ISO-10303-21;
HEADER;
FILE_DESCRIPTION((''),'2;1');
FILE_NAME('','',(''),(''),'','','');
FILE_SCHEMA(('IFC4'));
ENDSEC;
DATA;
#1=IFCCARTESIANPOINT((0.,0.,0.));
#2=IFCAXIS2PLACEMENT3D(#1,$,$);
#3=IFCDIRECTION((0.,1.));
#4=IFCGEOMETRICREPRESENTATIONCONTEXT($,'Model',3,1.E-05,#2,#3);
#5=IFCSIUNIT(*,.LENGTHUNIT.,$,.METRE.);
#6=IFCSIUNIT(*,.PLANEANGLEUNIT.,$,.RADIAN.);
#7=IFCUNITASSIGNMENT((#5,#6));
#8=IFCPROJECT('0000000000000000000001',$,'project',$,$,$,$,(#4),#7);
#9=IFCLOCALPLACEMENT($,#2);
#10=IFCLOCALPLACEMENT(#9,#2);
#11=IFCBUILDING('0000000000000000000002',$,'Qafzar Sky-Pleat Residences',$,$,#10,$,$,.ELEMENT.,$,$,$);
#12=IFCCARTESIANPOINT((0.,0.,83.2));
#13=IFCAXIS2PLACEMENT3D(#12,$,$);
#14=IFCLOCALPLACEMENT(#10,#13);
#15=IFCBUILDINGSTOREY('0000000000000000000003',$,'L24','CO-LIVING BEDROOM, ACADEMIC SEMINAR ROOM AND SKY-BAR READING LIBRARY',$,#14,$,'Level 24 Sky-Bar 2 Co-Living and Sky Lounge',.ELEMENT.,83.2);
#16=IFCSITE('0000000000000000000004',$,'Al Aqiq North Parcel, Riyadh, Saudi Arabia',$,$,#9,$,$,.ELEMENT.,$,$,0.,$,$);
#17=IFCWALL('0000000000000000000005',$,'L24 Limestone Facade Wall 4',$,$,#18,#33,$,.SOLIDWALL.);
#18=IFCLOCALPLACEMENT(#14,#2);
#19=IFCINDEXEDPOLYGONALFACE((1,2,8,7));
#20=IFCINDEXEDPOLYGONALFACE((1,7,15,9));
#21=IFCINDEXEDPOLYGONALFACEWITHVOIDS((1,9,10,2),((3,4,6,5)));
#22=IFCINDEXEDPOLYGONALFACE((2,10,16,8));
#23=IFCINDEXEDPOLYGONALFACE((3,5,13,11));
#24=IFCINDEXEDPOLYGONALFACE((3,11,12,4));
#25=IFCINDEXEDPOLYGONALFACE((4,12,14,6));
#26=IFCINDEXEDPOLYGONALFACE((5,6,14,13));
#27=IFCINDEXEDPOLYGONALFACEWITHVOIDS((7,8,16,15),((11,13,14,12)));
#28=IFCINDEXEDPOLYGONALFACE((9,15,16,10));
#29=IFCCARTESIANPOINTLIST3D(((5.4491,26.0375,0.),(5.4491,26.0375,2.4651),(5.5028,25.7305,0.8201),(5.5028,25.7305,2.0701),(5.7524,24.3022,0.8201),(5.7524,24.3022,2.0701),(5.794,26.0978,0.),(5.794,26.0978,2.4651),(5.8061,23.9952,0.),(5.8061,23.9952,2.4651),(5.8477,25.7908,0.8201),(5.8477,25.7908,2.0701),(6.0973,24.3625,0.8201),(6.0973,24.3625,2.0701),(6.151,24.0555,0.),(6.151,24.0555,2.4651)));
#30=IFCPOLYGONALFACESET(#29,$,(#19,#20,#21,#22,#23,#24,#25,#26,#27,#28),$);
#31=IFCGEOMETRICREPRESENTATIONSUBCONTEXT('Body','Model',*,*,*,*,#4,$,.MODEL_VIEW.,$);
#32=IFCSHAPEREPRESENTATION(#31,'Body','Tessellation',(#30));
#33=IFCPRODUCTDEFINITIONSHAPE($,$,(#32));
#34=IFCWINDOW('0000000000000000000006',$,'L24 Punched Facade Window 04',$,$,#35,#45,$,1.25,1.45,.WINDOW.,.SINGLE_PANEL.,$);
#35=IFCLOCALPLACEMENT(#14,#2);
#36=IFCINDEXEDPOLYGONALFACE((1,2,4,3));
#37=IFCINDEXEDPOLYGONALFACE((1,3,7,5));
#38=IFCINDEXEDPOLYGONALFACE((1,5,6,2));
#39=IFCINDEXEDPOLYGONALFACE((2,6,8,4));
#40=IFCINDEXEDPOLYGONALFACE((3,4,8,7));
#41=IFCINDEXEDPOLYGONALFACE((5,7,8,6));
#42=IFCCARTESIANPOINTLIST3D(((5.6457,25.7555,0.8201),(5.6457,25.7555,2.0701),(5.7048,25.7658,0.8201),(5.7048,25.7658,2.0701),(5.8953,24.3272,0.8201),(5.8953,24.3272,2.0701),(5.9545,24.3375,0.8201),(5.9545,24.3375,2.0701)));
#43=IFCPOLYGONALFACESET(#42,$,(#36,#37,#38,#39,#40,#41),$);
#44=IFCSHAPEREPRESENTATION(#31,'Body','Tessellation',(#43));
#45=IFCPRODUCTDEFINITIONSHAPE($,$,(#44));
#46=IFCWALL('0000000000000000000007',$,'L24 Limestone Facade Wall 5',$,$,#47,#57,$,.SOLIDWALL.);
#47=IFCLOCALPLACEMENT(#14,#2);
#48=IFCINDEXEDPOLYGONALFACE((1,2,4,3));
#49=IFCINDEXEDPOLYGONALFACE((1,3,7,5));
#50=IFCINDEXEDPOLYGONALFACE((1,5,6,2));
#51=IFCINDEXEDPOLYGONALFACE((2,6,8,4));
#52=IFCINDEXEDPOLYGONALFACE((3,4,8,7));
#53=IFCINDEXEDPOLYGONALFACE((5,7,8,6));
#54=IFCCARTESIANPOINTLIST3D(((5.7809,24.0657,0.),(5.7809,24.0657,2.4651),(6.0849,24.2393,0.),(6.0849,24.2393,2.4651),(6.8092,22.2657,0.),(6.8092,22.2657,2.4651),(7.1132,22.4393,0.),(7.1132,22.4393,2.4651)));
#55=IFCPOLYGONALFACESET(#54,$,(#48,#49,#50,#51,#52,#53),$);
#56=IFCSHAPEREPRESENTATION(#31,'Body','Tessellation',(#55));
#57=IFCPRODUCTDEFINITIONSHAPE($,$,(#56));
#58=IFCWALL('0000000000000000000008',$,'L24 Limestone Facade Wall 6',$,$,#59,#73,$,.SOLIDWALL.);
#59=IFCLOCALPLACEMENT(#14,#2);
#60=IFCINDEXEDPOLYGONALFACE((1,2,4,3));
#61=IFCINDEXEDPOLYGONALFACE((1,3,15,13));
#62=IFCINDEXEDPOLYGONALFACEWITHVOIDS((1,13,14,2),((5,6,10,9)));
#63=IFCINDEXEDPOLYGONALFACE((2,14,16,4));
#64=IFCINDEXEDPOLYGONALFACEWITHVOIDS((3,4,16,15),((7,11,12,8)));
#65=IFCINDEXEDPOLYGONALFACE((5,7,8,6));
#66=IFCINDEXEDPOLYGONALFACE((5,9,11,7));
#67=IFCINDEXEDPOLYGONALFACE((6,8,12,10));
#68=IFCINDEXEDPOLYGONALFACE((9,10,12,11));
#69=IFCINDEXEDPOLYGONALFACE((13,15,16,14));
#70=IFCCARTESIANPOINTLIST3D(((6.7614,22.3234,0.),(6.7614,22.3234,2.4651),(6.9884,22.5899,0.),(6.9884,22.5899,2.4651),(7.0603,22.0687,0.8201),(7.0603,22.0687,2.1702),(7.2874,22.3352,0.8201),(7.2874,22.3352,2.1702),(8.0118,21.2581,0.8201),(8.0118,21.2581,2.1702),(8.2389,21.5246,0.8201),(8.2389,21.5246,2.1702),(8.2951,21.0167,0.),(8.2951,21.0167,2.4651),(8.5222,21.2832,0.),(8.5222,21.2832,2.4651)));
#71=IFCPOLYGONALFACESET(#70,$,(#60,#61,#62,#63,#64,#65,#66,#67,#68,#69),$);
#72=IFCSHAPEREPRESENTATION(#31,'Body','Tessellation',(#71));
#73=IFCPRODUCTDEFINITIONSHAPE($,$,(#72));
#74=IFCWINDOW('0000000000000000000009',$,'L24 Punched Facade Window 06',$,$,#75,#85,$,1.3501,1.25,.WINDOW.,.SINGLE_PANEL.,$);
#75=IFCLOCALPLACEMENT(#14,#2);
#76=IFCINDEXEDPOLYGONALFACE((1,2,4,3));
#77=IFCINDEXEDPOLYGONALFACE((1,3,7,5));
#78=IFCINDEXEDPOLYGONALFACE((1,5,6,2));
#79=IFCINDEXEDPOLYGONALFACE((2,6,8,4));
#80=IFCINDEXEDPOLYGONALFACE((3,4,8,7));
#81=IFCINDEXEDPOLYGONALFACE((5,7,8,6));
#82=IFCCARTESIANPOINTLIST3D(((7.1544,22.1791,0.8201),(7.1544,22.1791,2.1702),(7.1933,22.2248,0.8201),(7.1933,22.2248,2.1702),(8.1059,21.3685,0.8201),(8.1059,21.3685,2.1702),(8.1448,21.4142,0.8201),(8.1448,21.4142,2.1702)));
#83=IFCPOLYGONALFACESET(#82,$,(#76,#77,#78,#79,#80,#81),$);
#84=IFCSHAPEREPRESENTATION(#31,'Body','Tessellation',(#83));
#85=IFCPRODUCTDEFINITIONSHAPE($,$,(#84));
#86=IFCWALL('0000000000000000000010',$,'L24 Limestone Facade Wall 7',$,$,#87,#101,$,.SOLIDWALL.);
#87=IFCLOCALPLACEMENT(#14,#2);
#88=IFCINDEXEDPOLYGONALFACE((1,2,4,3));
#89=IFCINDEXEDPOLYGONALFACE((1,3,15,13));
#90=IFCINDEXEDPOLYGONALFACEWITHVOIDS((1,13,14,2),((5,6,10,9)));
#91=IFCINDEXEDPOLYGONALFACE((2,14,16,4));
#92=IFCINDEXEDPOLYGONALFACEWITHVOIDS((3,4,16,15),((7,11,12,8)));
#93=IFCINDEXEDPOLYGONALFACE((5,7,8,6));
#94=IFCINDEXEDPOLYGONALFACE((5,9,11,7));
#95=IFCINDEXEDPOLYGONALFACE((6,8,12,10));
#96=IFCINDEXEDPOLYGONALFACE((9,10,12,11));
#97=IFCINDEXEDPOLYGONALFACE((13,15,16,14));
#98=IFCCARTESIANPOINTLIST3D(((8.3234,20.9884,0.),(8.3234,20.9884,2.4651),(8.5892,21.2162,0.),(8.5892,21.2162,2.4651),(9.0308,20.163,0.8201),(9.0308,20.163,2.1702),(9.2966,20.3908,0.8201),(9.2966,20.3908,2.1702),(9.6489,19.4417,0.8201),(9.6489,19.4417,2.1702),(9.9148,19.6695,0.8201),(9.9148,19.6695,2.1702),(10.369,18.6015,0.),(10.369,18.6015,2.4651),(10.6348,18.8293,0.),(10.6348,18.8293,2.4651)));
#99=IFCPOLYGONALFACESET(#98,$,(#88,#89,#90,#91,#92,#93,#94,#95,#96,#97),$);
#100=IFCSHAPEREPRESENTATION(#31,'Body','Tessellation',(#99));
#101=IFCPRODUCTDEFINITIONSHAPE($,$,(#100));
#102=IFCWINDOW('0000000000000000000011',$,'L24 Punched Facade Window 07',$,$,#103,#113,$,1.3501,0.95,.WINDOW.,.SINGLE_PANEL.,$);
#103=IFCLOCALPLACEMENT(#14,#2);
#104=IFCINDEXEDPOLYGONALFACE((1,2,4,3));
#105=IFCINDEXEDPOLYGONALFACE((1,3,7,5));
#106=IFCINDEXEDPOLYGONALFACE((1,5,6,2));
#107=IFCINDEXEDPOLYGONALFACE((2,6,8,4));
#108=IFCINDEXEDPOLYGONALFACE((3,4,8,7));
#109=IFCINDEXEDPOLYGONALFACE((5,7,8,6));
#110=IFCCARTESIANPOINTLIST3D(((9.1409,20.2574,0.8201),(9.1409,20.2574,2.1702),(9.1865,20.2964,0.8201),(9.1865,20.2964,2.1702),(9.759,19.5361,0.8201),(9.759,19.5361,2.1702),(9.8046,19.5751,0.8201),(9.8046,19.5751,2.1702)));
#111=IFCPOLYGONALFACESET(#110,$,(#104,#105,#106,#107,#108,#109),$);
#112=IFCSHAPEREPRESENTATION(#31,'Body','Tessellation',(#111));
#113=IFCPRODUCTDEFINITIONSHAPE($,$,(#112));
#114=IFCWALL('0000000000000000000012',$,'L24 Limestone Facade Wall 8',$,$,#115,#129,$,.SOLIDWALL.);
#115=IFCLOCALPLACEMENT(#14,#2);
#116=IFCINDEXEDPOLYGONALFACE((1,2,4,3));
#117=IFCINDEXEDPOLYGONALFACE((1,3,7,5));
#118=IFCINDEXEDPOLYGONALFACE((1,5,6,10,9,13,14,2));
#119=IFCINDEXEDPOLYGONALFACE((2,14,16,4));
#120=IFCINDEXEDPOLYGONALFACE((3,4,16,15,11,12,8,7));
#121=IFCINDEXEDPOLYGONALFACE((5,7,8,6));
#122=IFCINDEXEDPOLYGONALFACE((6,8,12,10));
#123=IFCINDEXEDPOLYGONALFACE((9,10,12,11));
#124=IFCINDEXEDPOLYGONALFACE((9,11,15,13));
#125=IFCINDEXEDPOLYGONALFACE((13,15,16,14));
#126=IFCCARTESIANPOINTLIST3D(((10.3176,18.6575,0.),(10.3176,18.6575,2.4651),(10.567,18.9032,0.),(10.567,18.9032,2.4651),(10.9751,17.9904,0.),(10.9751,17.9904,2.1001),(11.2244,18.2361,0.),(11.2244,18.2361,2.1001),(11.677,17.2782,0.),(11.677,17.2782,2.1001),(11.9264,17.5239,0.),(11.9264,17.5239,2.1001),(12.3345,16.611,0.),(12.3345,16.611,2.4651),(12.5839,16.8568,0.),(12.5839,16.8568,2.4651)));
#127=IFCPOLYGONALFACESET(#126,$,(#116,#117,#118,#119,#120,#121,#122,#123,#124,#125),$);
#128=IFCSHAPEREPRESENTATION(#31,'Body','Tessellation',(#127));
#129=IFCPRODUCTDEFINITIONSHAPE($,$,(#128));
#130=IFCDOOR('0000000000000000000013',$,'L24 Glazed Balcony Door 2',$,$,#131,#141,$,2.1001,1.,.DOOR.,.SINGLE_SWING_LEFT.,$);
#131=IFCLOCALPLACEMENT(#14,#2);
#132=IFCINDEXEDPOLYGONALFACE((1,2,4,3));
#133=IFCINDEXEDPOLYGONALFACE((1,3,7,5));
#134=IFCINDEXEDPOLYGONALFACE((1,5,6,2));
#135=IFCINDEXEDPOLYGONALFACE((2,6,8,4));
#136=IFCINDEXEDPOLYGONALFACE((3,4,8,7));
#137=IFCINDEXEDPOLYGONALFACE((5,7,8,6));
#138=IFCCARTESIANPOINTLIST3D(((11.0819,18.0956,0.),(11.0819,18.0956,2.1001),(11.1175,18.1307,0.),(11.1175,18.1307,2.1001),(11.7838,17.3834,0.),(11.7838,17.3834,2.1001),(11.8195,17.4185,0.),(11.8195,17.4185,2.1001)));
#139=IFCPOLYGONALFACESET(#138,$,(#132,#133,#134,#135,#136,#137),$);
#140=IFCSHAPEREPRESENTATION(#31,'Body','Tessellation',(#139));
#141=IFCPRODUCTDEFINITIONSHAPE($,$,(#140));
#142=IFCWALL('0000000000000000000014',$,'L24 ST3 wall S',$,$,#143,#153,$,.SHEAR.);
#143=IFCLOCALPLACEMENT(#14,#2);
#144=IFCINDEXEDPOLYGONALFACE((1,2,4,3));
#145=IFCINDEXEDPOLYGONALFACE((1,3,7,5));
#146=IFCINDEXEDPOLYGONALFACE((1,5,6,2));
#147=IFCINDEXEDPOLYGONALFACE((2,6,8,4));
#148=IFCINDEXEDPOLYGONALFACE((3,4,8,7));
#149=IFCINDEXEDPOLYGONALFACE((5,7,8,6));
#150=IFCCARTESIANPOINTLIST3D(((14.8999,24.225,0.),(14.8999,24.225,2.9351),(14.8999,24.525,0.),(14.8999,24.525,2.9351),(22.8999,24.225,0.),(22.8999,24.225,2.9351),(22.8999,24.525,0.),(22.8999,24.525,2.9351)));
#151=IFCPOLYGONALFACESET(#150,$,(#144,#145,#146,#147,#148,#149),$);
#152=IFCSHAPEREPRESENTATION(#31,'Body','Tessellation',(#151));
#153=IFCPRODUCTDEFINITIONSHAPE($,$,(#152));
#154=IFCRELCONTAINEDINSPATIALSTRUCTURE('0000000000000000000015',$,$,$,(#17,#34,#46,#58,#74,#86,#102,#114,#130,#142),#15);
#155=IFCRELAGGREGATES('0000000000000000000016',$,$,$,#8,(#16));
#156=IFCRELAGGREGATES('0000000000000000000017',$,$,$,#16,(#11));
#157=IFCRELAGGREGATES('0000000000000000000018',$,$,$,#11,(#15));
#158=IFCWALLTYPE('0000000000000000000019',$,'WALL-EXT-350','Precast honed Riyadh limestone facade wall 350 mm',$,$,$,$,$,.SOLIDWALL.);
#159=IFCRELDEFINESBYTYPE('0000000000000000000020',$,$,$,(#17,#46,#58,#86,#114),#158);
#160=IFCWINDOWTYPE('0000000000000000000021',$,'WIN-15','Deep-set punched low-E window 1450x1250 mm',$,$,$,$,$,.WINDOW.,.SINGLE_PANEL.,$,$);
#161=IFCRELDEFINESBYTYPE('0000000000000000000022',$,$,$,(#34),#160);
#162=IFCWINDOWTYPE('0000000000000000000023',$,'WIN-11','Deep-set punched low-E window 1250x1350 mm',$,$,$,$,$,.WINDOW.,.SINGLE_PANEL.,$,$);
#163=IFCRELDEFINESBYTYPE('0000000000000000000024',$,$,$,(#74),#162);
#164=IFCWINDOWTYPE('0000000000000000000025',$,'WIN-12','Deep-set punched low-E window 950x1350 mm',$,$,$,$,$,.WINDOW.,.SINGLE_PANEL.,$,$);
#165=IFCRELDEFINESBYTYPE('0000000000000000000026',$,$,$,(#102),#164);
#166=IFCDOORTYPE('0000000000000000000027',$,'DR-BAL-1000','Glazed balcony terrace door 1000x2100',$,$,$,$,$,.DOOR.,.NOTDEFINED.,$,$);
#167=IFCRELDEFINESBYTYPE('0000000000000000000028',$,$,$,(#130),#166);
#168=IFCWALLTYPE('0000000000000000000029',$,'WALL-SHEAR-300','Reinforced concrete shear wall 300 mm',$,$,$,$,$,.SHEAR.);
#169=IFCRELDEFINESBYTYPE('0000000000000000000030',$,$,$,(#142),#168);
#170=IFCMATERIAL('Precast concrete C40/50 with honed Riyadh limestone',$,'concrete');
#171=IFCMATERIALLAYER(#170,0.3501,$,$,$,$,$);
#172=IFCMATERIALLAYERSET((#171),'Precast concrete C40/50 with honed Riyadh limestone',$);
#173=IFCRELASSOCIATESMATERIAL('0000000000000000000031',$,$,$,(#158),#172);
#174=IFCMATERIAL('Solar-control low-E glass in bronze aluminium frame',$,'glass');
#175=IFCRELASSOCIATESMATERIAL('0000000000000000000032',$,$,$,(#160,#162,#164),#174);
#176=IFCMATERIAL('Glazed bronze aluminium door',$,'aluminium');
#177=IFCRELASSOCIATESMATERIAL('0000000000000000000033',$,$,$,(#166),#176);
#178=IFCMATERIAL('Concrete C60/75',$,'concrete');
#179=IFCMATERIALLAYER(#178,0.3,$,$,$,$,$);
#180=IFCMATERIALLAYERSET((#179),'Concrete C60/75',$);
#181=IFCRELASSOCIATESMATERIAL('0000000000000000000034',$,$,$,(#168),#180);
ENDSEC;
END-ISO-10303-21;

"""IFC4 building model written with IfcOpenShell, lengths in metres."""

from ifc_helpers import new_model, si_unit, direction, frame, frame_2d, origin, place, context, subcontext, project, spatial, rectangle, extrude, source, transform, mapped, material, layer, layer_set, type_object, element, fill, save


model = new_model("IFC4")

# Units and contexts
model_context = context("Model", 3, precision=1e-05, world=origin(), true_north=direction((0.0, 1.0)))
body_context = subcontext(model_context, "Body", "Model", "MODEL_VIEW")
ifc_project = project(units=[si_unit("LENGTHUNIT", "METRE"), si_unit("PLANEANGLEUNIT", "RADIAN")], contexts=[model_context])

# Site, building, storey
site_placement = place(None, origin())
site = spatial("IfcSite", under=ifc_project, at=site_placement, Name="Al Aqiq North Parcel, Riyadh, Saudi Arabia", CompositionType="ELEMENT", RefElevation=0.0)
building_placement = place(site_placement, origin())
building = spatial("IfcBuilding", under=site, at=building_placement, Name="Qafzar Sky-Pleat Residences", CompositionType="ELEMENT")
storey_placement = place(building_placement, frame((0.0, 0.0, 83.2)))
storey = spatial("IfcBuildingStorey", under=building, at=storey_placement, Name="L24", Description="CO-LIVING BEDROOM, ACADEMIC SEMINAR ROOM AND SKY-BAR READING LIBRARY", LongName="Level 24 Sky-Bar 2 Co-Living and Sky Lounge", CompositionType="ELEMENT", Elevation=83.2)

# Shared definitions
ifc_material_1 = material(Name="Concrete C60/75", Category="concrete")

# Wall, opening, window
ifc_material_2 = material(Name="Precast concrete C40/50 with honed Riyadh limestone", Category="concrete")
ifc_layer_1 = layer(ifc_material_2, 0.3501)
ifc_layer_set_1 = layer_set([ifc_layer_1], Name="Precast concrete C40/50 with honed Riyadh limestone")
wall_type_1 = type_object("IfcWallType", Name="WALL-EXT-350", Description="Precast honed Riyadh limestone facade wall 350 mm", PredefinedType="SOLIDWALL", material=ifc_layer_set_1)
wall_1_placement = place(storey_placement, frame((5.6216, 26.0676, 0.0), z_axis=(0.0, 0.0, 1.0), x_axis=(0.172166, -0.985068, 0.0)))
wall_1 = element("IfcWall", 1, at=wall_1_placement, inside=storey, type_object=wall_type_1, Name="L24 Limestone Facade Wall 4", PredefinedType="SOLIDWALL", context=body_context, shape_type="SweptSolid", body=[
    extrude(rectangle(XDim=2.0732, YDim=0.3501, at=frame_2d((1.0366, 0.0))), origin(), (0.0, 0.0, 1.0), 2.4651),
])
opening_1_placement = place(wall_1_placement, frame((0.3115, 0.0, 0.8201)))
opening_1 = element("IfcOpeningElement", 2, at=opening_1_placement, cuts=wall_1, PredefinedType="OPENING", context=body_context, shape_type="SweptSolid", body=[
    extrude(rectangle(XDim=1.45, YDim=1.25, at=frame_2d((0.7251, 0.625))), frame((0.0, 0.1851, 0.0), z_axis=(0.0, -1.0, 0.0), x_axis=(1.0, 0.0, 0.0)), (0.0, 0.0, 1.0), 0.3701),
])
ifc_material_3 = material(Name="Solar-control low-E glass in bronze aluminium frame", Category="glass")
window_type_1 = type_object("IfcWindowType", Name="WIN-15", Description="Deep-set punched low-E window 1450x1250 mm", PartitioningType="SINGLE_PANEL", PredefinedType="WINDOW", material=ifc_material_3)
shared_shape_1 = source(origin(), body_context, "Body", "SweptSolid", [
    extrude(rectangle(XDim=1.45, YDim=1.25, at=frame_2d((0.7251, 0.625))), frame((0.0, 0.03, 0.0), z_axis=(0.0, -1.0, 0.0), x_axis=(1.0, 0.0, 0.0)), (0.0, 0.0, 1.0), 0.0601),
])
window_1_placement = place(opening_1_placement, origin())
window_1 = element("IfcWindow", 3, at=window_1_placement, inside=storey, type_object=window_type_1, Name="L24 Punched Facade Window 04", OverallHeight=1.25, OverallWidth=1.45, PartitioningType="SINGLE_PANEL", PredefinedType="WINDOW", context=body_context, shape_type="MappedRepresentation", body=[
    mapped(shared_shape_1, transform((0.0, 0.0, 0.0), x_axis=(1.0, 0.0, 0.0), y_axis=(0.0, 1.0, 0.0), z_axis=(0.0, 0.0, 1.0), scale=1.0)),
])
fill(opening_1, window_1)

# Wall
wall_2_placement = place(storey_placement, frame((5.9329, 24.1526, 0.0), z_axis=(0.0, 0.0, 1.0), x_axis=(0.496037, -0.868301, 0.0)))
element("IfcWall", 4, at=wall_2_placement, inside=storey, type_object=wall_type_1, Name="L24 Limestone Facade Wall 5", PredefinedType="SOLIDWALL", context=body_context, shape_type="SweptSolid", body=[
    extrude(rectangle(XDim=2.073, YDim=0.3501, at=frame_2d((1.0366, 0.0))), origin(), (0.0, 0.0, 1.0), 2.4651),
])

# Walls, openings, windows
wall_3_placement = place(storey_placement, frame((6.875, 22.4565, 0.0), z_axis=(0.0, 0.0, 1.0), x_axis=(0.761203, -0.648513, 0.0)))
wall_3 = element("IfcWall", 5, at=wall_3_placement, inside=storey, type_object=wall_type_1, Name="L24 Limestone Facade Wall 6", PredefinedType="SOLIDWALL", context=body_context, shape_type="SweptSolid", body=[
    extrude(rectangle(XDim=2.0149, YDim=0.3501, at=frame_2d((1.0073, 0.0))), origin(), (0.0, 0.0, 1.0), 2.4651),
])
opening_2_placement = place(wall_3_placement, frame((0.3926, 0.0, 0.8201)))
opening_2 = element("IfcOpeningElement", 6, at=opening_2_placement, cuts=wall_3, PredefinedType="OPENING", context=body_context, shape_type="SweptSolid", body=[
    extrude(rectangle(XDim=1.25, YDim=1.3501, at=frame_2d((0.625, 0.675))), frame((0.0, 0.1851, 0.0), z_axis=(0.0, -1.0, 0.0), x_axis=(1.0, 0.0, 0.0)), (0.0, 0.0, 1.0), 0.3701),
])
window_type_2 = type_object("IfcWindowType", Name="WIN-11", Description="Deep-set punched low-E window 1250x1350 mm", PartitioningType="SINGLE_PANEL", PredefinedType="WINDOW", material=ifc_material_3)
shared_shape_2 = source(origin(), body_context, "Body", "SweptSolid", [
    extrude(rectangle(XDim=1.25, YDim=1.3501, at=frame_2d((0.625, 0.675))), frame((0.0, 0.03, 0.0), z_axis=(0.0, -1.0, 0.0), x_axis=(1.0, 0.0, 0.0)), (0.0, 0.0, 1.0), 0.0601),
])
window_2_placement = place(opening_2_placement, origin())
window_2 = element("IfcWindow", 7, at=window_2_placement, inside=storey, type_object=window_type_2, Name="L24 Punched Facade Window 06", OverallHeight=1.3501, OverallWidth=1.25, PartitioningType="SINGLE_PANEL", PredefinedType="WINDOW", context=body_context, shape_type="MappedRepresentation", body=[
    mapped(shared_shape_2, transform((0.0, 0.0, 0.0), x_axis=(1.0, 0.0, 0.0), y_axis=(0.0, 1.0, 0.0), z_axis=(0.0, 0.0, 1.0), scale=1.0)),
])
fill(opening_2, window_2)
wall_4_placement = place(storey_placement, frame((8.4563, 21.1023, 0.0), z_axis=(0.0, 0.0, 1.0), x_axis=(0.650734, -0.759306, 0.0)))
wall_4 = element("IfcWall", 8, at=wall_4_placement, inside=storey, type_object=wall_type_1, Name="L24 Limestone Facade Wall 7", PredefinedType="SOLIDWALL", context=body_context, shape_type="SweptSolid", body=[
    extrude(rectangle(XDim=3.1436, YDim=0.3501, at=frame_2d((1.5718, 0.0))), origin(), (0.0, 0.0, 1.0), 2.4651),
])
opening_3_placement = place(wall_4_placement, frame((1.0869, 0.0, 0.8201)))
opening_3 = element("IfcOpeningElement", 9, at=opening_3_placement, cuts=wall_4, PredefinedType="OPENING", context=body_context, shape_type="SweptSolid", body=[
    extrude(rectangle(XDim=0.95, YDim=1.3501, at=frame_2d((0.4751, 0.675))), frame((0.0, 0.1851, 0.0), z_axis=(0.0, -1.0, 0.0), x_axis=(1.0, 0.0, 0.0)), (0.0, 0.0, 1.0), 0.3701),
])
window_type_3 = type_object("IfcWindowType", Name="WIN-12", Description="Deep-set punched low-E window 950x1350 mm", PartitioningType="SINGLE_PANEL", PredefinedType="WINDOW", material=ifc_material_3)
shared_shape_3 = source(origin(), body_context, "Body", "SweptSolid", [
    extrude(rectangle(XDim=0.95, YDim=1.3501, at=frame_2d((0.4751, 0.675))), frame((0.0, 0.03, 0.0), z_axis=(0.0, -1.0, 0.0), x_axis=(1.0, 0.0, 0.0)), (0.0, 0.0, 1.0), 0.0601),
])
window_3_placement = place(opening_3_placement, origin())
window_3 = element("IfcWindow", 10, at=window_3_placement, inside=storey, type_object=window_type_3, Name="L24 Punched Facade Window 07", OverallHeight=1.3501, OverallWidth=0.95, PartitioningType="SINGLE_PANEL", PredefinedType="WINDOW", context=body_context, shape_type="MappedRepresentation", body=[
    mapped(shared_shape_3, transform((0.0, 0.0, 0.0), x_axis=(1.0, 0.0, 0.0), y_axis=(0.0, 1.0, 0.0), z_axis=(0.0, 0.0, 1.0), scale=1.0)),
])
fill(opening_3, window_3)

# Wall, opening, door
wall_5_placement = place(storey_placement, frame((10.4424, 18.7803, 0.0), z_axis=(0.0, 0.0, 1.0), x_axis=(0.701947, -0.712229, 0.0)))
wall_5 = element("IfcWall", 11, at=wall_5_placement, inside=storey, type_object=wall_type_1, Name="L24 Limestone Facade Wall 8", PredefinedType="SOLIDWALL", context=body_context, shape_type="SweptSolid", body=[
    extrude(rectangle(XDim=2.8733, YDim=0.3501, at=frame_2d((1.4365, 0.0))), origin(), (0.0, 0.0, 1.0), 2.4651),
])
opening_4_placement = place(wall_5_placement, frame((0.9365, 0.0, 0.0)))
opening_4 = element("IfcOpeningElement", 12, at=opening_4_placement, cuts=wall_5, PredefinedType="OPENING", context=body_context, shape_type="SweptSolid", body=[
    extrude(rectangle(XDim=1.0, YDim=2.1001, at=frame_2d((0.5, 1.05))), frame((0.0, 0.1851, 0.0), z_axis=(0.0, -1.0, 0.0), x_axis=(1.0, 0.0, 0.0)), (0.0, 0.0, 1.0), 0.3701),
])
ifc_material_4 = material(Name="Glazed bronze aluminium door", Category="aluminium")
door_type = type_object("IfcDoorType", Name="DR-BAL-1000", Description="Glazed balcony terrace door 1000x2100", OperationType="NOTDEFINED", PredefinedType="DOOR", material=ifc_material_4)
shared_shape_4 = source(origin(), body_context, "Body", "SweptSolid", [
    extrude(rectangle(XDim=1.0, YDim=2.1001, at=frame_2d((0.5, 1.05))), frame((0.0, 0.0249, 0.0), z_axis=(0.0, -1.0, 0.0), x_axis=(1.0, 0.0, 0.0)), (0.0, 0.0, 1.0), 0.05),
])
door_placement = place(opening_4_placement, origin())
door = element("IfcDoor", 13, at=door_placement, inside=storey, type_object=door_type, Name="L24 Glazed Balcony Door 2", OperationType="SINGLE_SWING_LEFT", OverallHeight=2.1001, OverallWidth=1.0, PredefinedType="DOOR", context=body_context, shape_type="MappedRepresentation", body=[
    mapped(shared_shape_4, transform((0.0, 0.0, 0.0), x_axis=(1.0, 0.0, 0.0), y_axis=(0.0, 1.0, 0.0), z_axis=(0.0, 0.0, 1.0), scale=1.0)),
])
fill(opening_4, door)

# Wall
ifc_layer_2 = layer(ifc_material_1, 0.3)
ifc_layer_set_2 = layer_set([ifc_layer_2], Name="Concrete C60/75")
wall_type_2 = type_object("IfcWallType", Name="WALL-SHEAR-300", Description="Reinforced concrete shear wall 300 mm", PredefinedType="SHEAR", material=ifc_layer_set_2)
wall_6_placement = place(storey_placement, frame((14.8999, 24.375, 0.0), z_axis=(0.0, 0.0, 1.0), x_axis=(1.0, 0.0, 0.0)))
element("IfcWall", 14, at=wall_6_placement, inside=storey, type_object=wall_type_2, Name="L24 ST3 wall S", PredefinedType="SHEAR", context=body_context, shape_type="SweptSolid", body=[
    extrude(rectangle(XDim=8.0, YDim=0.3, at=frame_2d((4.0, 0.0))), origin(), (0.0, 0.0, 1.0), 2.9351),
])

save(model, "model.ifc")
